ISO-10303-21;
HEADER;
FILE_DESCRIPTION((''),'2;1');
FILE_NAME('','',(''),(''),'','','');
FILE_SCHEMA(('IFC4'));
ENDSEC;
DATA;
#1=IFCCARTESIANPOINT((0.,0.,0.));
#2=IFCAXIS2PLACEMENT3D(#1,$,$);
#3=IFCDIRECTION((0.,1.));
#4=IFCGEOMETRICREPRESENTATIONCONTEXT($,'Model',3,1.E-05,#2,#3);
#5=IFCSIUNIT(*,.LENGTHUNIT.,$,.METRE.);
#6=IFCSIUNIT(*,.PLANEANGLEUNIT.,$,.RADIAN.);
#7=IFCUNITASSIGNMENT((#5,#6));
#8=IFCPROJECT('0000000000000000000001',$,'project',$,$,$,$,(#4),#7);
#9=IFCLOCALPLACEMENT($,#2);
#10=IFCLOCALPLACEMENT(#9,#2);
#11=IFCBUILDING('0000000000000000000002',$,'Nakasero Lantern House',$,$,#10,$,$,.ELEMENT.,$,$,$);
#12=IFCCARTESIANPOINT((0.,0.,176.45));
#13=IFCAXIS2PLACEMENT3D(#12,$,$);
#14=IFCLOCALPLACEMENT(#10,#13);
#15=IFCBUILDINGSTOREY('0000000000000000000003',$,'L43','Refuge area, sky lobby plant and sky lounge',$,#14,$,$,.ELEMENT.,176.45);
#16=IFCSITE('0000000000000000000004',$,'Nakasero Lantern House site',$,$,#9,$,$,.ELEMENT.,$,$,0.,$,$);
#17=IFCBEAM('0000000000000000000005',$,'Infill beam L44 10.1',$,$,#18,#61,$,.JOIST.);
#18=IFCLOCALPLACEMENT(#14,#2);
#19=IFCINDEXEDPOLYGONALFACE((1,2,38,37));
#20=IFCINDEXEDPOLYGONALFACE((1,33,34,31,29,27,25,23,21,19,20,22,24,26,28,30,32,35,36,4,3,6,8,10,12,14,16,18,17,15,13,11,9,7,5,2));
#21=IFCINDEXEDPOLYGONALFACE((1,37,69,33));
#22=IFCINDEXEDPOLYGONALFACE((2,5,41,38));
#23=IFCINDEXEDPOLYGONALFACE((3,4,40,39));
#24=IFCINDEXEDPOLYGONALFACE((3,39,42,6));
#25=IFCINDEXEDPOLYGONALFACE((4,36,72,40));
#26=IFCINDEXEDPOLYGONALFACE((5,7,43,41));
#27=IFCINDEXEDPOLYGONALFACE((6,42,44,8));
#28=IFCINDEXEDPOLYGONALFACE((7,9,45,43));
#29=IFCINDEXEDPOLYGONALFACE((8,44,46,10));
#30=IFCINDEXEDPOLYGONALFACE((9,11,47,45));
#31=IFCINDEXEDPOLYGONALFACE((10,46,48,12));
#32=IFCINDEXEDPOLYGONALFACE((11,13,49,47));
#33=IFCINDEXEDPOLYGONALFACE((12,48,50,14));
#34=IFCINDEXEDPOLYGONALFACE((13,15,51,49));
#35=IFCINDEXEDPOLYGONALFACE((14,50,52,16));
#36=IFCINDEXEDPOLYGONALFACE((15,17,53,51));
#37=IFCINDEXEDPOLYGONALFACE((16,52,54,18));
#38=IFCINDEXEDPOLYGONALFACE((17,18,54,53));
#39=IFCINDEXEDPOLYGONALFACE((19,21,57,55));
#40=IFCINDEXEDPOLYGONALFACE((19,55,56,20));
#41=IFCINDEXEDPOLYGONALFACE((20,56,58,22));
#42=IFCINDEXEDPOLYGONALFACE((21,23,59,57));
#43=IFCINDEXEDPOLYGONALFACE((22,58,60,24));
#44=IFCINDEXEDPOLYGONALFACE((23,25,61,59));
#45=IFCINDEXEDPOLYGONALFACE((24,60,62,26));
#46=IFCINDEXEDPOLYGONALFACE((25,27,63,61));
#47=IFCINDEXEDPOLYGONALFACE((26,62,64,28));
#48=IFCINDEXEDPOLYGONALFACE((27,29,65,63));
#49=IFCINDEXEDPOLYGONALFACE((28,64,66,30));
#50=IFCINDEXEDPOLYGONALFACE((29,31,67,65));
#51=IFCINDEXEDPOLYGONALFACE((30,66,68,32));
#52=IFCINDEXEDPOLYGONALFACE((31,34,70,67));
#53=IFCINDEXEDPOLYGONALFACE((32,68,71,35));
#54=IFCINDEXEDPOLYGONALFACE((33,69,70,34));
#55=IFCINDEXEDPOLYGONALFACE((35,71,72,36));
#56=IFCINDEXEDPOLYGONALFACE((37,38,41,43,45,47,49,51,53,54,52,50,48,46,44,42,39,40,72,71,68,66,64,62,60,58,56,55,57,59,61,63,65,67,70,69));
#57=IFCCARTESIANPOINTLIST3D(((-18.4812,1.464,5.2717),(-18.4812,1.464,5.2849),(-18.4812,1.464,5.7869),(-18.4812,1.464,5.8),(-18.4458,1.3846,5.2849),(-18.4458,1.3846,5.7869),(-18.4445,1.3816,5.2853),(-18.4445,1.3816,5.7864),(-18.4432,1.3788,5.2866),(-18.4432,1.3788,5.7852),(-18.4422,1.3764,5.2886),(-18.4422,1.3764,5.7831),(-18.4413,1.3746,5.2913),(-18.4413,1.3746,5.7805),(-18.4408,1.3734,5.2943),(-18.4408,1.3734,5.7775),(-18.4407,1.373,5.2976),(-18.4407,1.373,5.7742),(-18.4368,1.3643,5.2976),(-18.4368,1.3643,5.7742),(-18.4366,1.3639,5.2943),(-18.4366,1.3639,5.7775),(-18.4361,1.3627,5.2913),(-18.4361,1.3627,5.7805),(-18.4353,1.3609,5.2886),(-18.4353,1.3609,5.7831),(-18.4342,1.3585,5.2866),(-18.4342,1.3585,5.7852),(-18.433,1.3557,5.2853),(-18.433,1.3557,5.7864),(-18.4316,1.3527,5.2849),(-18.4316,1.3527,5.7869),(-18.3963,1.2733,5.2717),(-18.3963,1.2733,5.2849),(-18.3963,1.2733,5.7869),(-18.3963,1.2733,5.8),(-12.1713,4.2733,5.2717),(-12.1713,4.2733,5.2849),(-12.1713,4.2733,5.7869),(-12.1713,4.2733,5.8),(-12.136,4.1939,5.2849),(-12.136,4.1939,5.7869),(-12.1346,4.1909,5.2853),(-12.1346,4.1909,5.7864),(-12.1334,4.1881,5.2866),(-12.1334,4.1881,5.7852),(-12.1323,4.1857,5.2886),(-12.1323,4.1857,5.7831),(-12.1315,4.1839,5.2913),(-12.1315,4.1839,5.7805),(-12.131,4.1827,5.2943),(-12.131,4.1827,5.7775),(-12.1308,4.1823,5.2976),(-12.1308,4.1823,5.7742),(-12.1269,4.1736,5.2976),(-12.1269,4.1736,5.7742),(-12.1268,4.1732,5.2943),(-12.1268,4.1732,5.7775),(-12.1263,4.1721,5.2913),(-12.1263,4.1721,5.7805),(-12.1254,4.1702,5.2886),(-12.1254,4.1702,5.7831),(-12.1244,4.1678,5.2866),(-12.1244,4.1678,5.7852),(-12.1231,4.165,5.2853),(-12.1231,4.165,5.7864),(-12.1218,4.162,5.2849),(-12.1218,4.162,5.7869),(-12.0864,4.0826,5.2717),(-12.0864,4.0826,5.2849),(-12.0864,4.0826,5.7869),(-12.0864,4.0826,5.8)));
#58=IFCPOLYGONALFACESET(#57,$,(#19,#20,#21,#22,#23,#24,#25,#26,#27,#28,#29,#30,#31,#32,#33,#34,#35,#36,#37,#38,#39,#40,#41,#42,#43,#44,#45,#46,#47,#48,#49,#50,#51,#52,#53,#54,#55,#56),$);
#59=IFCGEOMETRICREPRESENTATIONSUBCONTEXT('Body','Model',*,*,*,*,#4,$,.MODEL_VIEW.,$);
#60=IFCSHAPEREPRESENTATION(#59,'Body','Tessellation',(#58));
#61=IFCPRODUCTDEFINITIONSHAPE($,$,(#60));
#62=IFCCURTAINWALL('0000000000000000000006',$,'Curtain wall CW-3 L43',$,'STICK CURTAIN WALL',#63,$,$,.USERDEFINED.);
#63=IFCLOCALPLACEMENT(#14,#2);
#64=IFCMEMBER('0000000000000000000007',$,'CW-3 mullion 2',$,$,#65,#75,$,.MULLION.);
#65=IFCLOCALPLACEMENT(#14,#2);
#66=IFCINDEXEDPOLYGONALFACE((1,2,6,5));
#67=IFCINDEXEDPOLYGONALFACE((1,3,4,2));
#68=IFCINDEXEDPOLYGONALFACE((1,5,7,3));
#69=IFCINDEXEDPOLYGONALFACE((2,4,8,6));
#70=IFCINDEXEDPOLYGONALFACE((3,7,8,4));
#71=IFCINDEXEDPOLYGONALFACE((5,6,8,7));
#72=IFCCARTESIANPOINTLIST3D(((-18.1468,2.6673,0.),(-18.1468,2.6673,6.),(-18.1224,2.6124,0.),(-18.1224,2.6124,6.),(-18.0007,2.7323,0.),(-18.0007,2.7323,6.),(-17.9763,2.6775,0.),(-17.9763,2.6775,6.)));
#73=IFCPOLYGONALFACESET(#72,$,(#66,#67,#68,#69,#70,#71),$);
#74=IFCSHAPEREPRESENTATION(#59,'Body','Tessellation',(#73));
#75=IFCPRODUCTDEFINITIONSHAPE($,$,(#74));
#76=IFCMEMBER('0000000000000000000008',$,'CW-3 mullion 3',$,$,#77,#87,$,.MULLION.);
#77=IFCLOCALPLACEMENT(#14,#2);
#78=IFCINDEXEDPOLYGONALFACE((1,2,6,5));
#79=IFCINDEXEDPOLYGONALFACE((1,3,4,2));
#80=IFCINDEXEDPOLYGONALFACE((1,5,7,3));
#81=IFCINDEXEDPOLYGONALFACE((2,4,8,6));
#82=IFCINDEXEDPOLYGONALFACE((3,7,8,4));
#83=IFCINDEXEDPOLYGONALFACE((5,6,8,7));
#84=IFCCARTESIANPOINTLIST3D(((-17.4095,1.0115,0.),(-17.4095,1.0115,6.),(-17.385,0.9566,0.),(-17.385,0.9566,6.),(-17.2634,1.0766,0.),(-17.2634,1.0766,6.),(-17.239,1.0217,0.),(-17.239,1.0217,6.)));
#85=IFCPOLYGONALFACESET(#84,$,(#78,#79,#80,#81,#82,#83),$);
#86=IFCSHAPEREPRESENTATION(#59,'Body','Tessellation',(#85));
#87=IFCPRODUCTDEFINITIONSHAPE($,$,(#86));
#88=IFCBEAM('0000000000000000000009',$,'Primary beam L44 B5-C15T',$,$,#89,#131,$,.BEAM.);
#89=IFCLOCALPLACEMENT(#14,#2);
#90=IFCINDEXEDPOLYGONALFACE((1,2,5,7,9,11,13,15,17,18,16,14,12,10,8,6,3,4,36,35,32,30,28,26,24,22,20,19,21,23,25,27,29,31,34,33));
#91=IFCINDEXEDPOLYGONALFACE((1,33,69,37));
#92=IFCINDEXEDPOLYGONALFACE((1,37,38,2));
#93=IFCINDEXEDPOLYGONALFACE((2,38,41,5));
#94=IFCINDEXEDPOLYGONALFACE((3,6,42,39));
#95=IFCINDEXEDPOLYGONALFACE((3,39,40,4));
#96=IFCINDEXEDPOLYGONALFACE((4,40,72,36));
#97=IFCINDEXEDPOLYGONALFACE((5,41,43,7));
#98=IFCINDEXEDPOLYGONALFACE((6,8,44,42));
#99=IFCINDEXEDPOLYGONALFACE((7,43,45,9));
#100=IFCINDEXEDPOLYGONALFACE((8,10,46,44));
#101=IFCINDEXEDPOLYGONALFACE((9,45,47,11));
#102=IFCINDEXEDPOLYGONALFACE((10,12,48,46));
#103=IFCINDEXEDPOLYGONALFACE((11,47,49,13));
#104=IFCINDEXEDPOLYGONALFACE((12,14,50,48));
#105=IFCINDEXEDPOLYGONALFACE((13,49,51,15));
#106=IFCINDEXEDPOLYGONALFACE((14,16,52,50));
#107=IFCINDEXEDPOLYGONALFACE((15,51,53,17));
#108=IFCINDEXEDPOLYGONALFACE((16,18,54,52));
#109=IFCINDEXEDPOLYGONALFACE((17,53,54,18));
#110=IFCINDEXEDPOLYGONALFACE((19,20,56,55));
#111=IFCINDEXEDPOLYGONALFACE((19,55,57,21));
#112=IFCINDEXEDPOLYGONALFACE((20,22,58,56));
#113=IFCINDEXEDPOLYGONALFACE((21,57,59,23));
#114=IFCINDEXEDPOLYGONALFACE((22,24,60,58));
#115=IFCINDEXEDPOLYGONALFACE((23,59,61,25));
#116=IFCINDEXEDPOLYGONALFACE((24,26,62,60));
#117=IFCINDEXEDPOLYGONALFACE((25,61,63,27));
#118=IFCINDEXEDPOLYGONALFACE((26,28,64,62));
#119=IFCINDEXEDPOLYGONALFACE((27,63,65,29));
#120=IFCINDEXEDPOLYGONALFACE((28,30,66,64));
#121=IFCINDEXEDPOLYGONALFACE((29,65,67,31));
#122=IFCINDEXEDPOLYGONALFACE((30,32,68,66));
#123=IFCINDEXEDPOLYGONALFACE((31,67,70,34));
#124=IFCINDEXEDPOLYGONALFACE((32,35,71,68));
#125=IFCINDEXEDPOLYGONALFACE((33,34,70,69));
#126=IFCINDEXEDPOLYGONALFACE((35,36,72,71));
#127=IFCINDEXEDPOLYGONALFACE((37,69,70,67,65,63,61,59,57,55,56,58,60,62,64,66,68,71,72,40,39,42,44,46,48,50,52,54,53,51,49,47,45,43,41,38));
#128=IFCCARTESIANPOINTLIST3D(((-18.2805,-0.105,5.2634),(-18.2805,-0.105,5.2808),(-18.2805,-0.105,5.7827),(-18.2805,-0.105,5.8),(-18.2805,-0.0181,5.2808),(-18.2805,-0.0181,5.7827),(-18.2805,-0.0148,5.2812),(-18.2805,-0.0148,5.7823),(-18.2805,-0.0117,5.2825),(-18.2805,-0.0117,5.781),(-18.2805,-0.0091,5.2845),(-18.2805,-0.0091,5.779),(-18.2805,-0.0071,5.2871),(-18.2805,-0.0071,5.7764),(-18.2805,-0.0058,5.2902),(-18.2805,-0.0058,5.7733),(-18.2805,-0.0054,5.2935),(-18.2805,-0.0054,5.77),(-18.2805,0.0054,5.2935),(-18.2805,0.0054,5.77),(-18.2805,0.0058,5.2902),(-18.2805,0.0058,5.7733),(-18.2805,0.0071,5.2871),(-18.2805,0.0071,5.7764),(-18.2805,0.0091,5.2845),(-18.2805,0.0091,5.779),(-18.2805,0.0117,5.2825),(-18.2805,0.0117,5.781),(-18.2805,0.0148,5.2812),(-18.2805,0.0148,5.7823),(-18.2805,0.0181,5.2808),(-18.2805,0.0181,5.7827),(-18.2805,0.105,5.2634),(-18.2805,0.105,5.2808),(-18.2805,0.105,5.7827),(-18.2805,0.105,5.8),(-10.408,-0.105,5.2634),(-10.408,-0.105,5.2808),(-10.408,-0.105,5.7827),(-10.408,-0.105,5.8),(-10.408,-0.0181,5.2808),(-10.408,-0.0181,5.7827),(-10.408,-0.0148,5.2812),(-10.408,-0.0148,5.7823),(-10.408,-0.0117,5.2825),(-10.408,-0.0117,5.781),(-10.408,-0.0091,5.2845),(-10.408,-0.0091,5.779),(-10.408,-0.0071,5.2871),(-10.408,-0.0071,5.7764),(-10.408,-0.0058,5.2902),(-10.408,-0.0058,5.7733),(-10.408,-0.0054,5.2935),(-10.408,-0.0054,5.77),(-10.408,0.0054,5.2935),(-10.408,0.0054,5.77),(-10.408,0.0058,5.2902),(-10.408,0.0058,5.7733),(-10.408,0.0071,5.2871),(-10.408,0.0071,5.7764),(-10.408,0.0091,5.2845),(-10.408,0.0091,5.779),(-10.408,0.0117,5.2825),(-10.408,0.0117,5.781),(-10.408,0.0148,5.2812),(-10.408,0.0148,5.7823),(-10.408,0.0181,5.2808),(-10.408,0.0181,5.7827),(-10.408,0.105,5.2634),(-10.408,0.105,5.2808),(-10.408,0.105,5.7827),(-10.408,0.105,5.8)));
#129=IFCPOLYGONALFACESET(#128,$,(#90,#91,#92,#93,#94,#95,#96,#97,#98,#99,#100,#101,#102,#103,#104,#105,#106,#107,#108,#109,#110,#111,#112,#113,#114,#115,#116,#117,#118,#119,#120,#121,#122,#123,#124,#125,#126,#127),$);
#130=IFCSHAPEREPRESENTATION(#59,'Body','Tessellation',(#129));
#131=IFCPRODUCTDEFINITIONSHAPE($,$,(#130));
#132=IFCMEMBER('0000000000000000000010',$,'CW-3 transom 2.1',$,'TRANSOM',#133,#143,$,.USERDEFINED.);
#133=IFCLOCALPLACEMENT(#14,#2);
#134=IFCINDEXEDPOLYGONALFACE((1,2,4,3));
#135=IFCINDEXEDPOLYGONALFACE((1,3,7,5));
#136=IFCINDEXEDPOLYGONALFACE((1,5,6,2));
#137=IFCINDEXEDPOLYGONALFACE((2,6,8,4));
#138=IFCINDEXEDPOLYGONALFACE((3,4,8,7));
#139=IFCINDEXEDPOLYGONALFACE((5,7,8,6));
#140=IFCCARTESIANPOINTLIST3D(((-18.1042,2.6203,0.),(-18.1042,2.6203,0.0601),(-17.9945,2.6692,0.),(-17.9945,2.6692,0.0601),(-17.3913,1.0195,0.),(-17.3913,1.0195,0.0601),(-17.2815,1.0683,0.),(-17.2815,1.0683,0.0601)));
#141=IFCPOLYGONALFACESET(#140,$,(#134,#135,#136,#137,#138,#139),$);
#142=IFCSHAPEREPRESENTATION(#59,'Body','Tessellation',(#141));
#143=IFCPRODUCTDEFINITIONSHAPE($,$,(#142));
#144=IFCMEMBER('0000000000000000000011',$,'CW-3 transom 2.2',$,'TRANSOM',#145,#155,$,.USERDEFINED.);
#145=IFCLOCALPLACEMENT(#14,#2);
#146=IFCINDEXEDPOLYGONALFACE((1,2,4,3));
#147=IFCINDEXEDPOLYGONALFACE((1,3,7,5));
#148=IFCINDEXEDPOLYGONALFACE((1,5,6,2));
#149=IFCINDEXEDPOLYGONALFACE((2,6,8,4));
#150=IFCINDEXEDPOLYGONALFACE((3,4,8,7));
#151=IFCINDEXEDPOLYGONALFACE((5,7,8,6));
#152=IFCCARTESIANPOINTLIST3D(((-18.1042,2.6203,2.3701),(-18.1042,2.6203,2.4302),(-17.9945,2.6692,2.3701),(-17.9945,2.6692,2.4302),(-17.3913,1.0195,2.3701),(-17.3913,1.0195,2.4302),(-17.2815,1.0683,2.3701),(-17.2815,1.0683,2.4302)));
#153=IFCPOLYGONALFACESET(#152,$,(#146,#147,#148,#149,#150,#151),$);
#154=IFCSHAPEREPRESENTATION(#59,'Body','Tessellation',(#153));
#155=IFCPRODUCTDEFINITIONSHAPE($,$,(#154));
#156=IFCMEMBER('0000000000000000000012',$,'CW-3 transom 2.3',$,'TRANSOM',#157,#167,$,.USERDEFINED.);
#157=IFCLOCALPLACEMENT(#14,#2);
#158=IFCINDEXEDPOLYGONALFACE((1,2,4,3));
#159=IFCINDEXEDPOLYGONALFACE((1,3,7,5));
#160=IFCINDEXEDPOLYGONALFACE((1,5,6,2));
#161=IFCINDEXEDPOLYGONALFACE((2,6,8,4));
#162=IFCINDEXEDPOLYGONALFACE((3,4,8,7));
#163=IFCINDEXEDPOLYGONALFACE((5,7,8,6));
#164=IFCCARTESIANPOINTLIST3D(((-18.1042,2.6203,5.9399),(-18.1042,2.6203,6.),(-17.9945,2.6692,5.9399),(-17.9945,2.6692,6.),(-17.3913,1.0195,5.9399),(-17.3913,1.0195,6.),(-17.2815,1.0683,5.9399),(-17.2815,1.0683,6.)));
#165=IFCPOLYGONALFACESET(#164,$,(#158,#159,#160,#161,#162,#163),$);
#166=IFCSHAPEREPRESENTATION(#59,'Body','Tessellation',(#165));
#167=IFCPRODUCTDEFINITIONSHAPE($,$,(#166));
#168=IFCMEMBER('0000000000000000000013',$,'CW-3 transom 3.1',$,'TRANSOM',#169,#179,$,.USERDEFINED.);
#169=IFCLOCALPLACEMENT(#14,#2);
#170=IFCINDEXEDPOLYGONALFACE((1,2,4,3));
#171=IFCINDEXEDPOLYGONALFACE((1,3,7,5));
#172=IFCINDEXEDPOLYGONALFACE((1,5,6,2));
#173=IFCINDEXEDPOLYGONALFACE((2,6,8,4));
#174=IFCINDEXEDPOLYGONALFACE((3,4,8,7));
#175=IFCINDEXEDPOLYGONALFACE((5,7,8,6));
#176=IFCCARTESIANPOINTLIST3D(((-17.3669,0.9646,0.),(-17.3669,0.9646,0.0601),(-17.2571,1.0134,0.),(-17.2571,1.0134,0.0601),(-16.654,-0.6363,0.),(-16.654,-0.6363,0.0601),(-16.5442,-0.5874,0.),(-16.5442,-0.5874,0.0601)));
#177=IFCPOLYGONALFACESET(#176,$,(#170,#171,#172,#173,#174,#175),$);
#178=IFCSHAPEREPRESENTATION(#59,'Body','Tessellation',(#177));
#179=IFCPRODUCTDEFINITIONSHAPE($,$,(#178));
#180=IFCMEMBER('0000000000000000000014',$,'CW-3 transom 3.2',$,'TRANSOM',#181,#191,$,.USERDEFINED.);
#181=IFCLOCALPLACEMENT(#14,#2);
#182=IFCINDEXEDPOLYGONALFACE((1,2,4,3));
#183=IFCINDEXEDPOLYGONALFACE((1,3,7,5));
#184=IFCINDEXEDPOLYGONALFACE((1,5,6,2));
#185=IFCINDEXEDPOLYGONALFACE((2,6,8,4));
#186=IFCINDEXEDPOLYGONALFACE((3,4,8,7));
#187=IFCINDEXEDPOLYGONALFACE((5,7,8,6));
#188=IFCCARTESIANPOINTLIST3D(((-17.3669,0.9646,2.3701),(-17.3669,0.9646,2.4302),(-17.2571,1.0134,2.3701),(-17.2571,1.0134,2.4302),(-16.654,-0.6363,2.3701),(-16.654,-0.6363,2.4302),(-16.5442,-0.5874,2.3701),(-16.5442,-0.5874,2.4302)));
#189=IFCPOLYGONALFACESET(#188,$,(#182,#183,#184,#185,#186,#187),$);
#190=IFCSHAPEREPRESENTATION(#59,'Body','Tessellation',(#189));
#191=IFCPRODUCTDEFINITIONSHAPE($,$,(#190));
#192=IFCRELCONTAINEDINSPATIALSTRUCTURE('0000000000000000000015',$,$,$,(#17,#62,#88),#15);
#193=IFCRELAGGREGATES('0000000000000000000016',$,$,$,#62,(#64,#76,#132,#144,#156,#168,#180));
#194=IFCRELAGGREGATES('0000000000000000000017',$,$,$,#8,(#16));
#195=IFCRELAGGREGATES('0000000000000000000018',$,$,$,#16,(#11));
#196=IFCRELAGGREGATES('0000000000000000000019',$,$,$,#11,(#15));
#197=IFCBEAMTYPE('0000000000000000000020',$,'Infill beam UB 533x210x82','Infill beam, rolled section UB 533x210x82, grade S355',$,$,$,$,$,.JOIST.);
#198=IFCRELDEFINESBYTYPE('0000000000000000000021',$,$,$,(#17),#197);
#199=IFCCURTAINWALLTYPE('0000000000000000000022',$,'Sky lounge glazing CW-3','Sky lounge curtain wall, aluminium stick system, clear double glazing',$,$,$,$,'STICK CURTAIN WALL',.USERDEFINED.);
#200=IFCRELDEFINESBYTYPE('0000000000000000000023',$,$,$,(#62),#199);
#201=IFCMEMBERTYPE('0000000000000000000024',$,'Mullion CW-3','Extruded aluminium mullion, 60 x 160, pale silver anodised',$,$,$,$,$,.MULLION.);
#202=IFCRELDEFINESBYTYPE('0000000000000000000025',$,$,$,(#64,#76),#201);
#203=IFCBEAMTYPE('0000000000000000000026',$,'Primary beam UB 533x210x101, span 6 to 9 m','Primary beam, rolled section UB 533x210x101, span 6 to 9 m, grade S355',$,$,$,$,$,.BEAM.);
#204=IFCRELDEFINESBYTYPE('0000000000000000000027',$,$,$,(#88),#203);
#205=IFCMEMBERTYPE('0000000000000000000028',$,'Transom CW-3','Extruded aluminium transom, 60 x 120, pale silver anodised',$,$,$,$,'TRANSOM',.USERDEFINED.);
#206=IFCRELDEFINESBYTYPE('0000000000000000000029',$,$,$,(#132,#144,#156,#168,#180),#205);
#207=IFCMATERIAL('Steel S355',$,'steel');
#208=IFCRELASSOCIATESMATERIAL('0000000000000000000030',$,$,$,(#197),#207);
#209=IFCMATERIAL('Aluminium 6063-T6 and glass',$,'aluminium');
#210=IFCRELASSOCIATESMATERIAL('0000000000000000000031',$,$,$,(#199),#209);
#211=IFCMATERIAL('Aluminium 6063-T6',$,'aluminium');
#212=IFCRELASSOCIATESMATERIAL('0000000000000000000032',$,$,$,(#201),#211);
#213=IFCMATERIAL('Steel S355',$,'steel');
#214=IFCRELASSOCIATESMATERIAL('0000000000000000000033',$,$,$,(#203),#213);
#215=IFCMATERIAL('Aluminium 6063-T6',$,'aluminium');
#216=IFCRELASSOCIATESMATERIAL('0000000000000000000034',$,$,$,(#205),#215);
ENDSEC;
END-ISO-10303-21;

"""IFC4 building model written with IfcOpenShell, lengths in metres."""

from ifc_helpers import new_model, si_unit, direction, frame, origin, origin_2d, place, context, subcontext, project, spatial, rectangle, i_section, extrude, material, material_profile, profile_set, type_object, element, aggregate, save


model = new_model("IFC4")

# Units and contexts
model_context = context("Model", 3, precision=1e-05, world=origin(), true_north=direction((0.0, 1.0)))
body_context = subcontext(model_context, "Body", "Model", "MODEL_VIEW")
ifc_project = project(units=[si_unit("LENGTHUNIT", "METRE"), si_unit("PLANEANGLEUNIT", "RADIAN")], contexts=[model_context])

# Site, building, storey
site_placement = place(None, origin())
site = spatial("IfcSite", under=ifc_project, at=site_placement, Name="Nakasero Lantern House site", CompositionType="ELEMENT", RefElevation=0.0)
building_placement = place(site_placement, origin())
building = spatial("IfcBuilding", under=site, at=building_placement, Name="Nakasero Lantern House", CompositionType="ELEMENT")
storey_placement = place(building_placement, frame((0.0, 0.0, 176.45)))
storey = spatial("IfcBuildingStorey", under=building, at=storey_placement, Name="L43", Description="Refuge area, sky lobby plant and sky lounge", CompositionType="ELEMENT", Elevation=176.45)

# Beam
ifc_material_1 = material(Name="Steel S355", Category="steel")
ifc_material_profile_1 = material_profile(ifc_material_1, i_section(OverallWidth=0.2087, OverallDepth=0.5283, WebThickness=0.0095, FlangeThickness=0.0132, FilletRadius=0.0127, at=origin_2d()), Name="UB 533x210x82")
ifc_profile_set_1 = profile_set([ifc_material_profile_1], Name="Steel S355")
beam_type_1 = type_object("IfcBeamType", Name="Infill beam UB 533x210x82", Description="Infill beam, rolled section UB 533x210x82, grade S355", PredefinedType="JOIST", material=ifc_profile_set_1)
beam_1_placement = place(storey_placement, frame((-18.4387, 1.3687, 5.5359), z_axis=(0.913545, 0.406739, 0.0), x_axis=(-0.406739, 0.913545, 0.0)))
element("IfcBeam", 1, at=beam_1_placement, inside=storey, type_object=beam_type_1, Name="Infill beam L44 10.1", PredefinedType="JOIST", context=body_context, shape_type="SweptSolid", body=[
    extrude(i_section(OverallWidth=0.2087, OverallDepth=0.5283, WebThickness=0.0095, FlangeThickness=0.0132, FilletRadius=0.0127, at=origin_2d()), origin(), (0.0, 0.0, 1.0), 6.907),
])

# Curtain wall, members
ifc_material_2 = material(Name="Aluminium 6063-T6 and glass", Category="aluminium")
curtain_wall_type = type_object("IfcCurtainWallType", Name="Sky lounge glazing CW-3", Description="Sky lounge curtain wall, aluminium stick system, clear double glazing", ElementType="STICK CURTAIN WALL", PredefinedType="USERDEFINED", material=ifc_material_2)
curtain_wall_1_placement = place(storey_placement, origin())
curtain_wall_1 = element("IfcCurtainWall", 2, at=curtain_wall_1_placement, inside=storey, type_object=curtain_wall_type, Name="Curtain wall CW-3 L43", ObjectType="STICK CURTAIN WALL", PredefinedType="USERDEFINED")
ifc_material_3 = material(Name="Aluminium 6063-T6", Category="aluminium")
ifc_material_profile_2 = material_profile(ifc_material_3, rectangle(XDim=0.0601, YDim=0.1599, at=origin_2d()), Name="CW-3 mullion 60x160")
ifc_profile_set_2 = profile_set([ifc_material_profile_2], Name="Aluminium 6063-T6")
member_type_1 = type_object("IfcMemberType", Name="Mullion CW-3", Description="Extruded aluminium mullion, 60 x 160, pale silver anodised", PredefinedType="MULLION", material=ifc_profile_set_2)
member_1_placement = place(storey_placement, frame((-18.0615, 2.6724, 0.0), z_axis=(0.0, 0.0, 1.0), x_axis=(0.406737, -0.913545, 0.0)))
member_1 = element("IfcMember", 3, at=member_1_placement, type_object=member_type_1, Name="CW-3 mullion 2", PredefinedType="MULLION", context=body_context, shape_type="SweptSolid", body=[
    extrude(rectangle(XDim=0.0601, YDim=0.1599, at=origin_2d()), origin(), (0.0, 0.0, 1.0), 6.0),
])
member_2_placement = place(storey_placement, frame((-17.3242, 1.0166, 0.0), z_axis=(0.0, 0.0, 1.0), x_axis=(0.406737, -0.913545, 0.0)))
member_2 = element("IfcMember", 4, at=member_2_placement, type_object=member_type_1, Name="CW-3 mullion 3", PredefinedType="MULLION", context=body_context, shape_type="SweptSolid", body=[
    extrude(rectangle(XDim=0.0601, YDim=0.1599, at=origin_2d()), origin(), (0.0, 0.0, 1.0), 6.0),
])

# Beam
ifc_material_4 = material(Name="Steel S355", Category="steel")
ifc_material_profile_3 = material_profile(ifc_material_4, i_section(OverallWidth=0.21, OverallDepth=0.5366, WebThickness=0.0107, FlangeThickness=0.0173, FilletRadius=0.0127, at=origin_2d()), Name="UB 533x210x101")
ifc_profile_set_3 = profile_set([ifc_material_profile_3], Name="Steel S355")
beam_type_2 = type_object("IfcBeamType", Name="Primary beam UB 533x210x101, span 6 to 9 m", Description="Primary beam, rolled section UB 533x210x101, span 6 to 9 m, grade S355", PredefinedType="BEAM", material=ifc_profile_set_3)
beam_2_placement = place(storey_placement, frame((-18.2805, 0.0, 5.5317), z_axis=(1.0, 0.0, 0.0), x_axis=(0.0, 1.0, 0.0)))
element("IfcBeam", 5, at=beam_2_placement, inside=storey, type_object=beam_type_2, Name="Primary beam L44 B5-C15T", PredefinedType="BEAM", context=body_context, shape_type="SweptSolid", body=[
    extrude(i_section(OverallWidth=0.21, OverallDepth=0.5366, WebThickness=0.0107, FlangeThickness=0.0173, FilletRadius=0.0127, at=origin_2d()), origin(), (0.0, 0.0, 1.0), 7.8726),
])

# Members
ifc_material_5 = material(Name="Aluminium 6063-T6", Category="aluminium")
ifc_material_profile_4 = material_profile(ifc_material_5, rectangle(XDim=0.0601, YDim=0.1201, at=origin_2d()), Name="CW-3 transom 60x120")
ifc_profile_set_4 = profile_set([ifc_material_profile_4], Name="Aluminium 6063-T6")
member_type_2 = type_object("IfcMemberType", Name="Transom CW-3", Description="Extruded aluminium transom, 60 x 120, pale silver anodised", ElementType="TRANSOM", PredefinedType="USERDEFINED", material=ifc_profile_set_4)
member_3_placement = place(storey_placement, frame((-18.0493, 2.6448, 0.03), z_axis=(0.406811, -0.913513, 0.0), x_axis=(0.0, 0.0, 1.0)))
member_3 = element("IfcMember", 6, at=member_3_placement, type_object=member_type_2, Name="CW-3 transom 2.1", ObjectType="TRANSOM", PredefinedType="USERDEFINED", context=body_context, shape_type="SweptSolid", body=[
    extrude(rectangle(XDim=0.0601, YDim=0.1201, at=origin_2d()), origin(), (0.0, 0.0, 1.0), 1.7524),
])
member_4_placement = place(storey_placement, frame((-18.0493, 2.6448, 2.4001), z_axis=(0.406811, -0.913513, 0.0), x_axis=(0.0, 0.0, 1.0)))
member_4 = element("IfcMember", 7, at=member_4_placement, type_object=member_type_2, Name="CW-3 transom 2.2", ObjectType="TRANSOM", PredefinedType="USERDEFINED", context=body_context, shape_type="SweptSolid", body=[
    extrude(rectangle(XDim=0.0601, YDim=0.1201, at=origin_2d()), origin(), (0.0, 0.0, 1.0), 1.7524),
])
member_5_placement = place(storey_placement, frame((-18.0493, 2.6448, 5.97), z_axis=(0.406811, -0.913513, 0.0), x_axis=(0.0, 0.0, 1.0)))
member_5 = element("IfcMember", 8, at=member_5_placement, type_object=member_type_2, Name="CW-3 transom 2.3", ObjectType="TRANSOM", PredefinedType="USERDEFINED", context=body_context, shape_type="SweptSolid", body=[
    extrude(rectangle(XDim=0.0601, YDim=0.1201, at=origin_2d()), origin(), (0.0, 0.0, 1.0), 1.7524),
])
member_6_placement = place(storey_placement, frame((-17.312, 0.989, 0.03), z_axis=(0.406811, -0.913513, 0.0), x_axis=(0.0, 0.0, 1.0)))
member_6 = element("IfcMember", 9, at=member_6_placement, type_object=member_type_2, Name="CW-3 transom 3.1", ObjectType="TRANSOM", PredefinedType="USERDEFINED", context=body_context, shape_type="SweptSolid", body=[
    extrude(rectangle(XDim=0.0601, YDim=0.1201, at=origin_2d()), origin(), (0.0, 0.0, 1.0), 1.7524),
])
member_7_placement = place(storey_placement, frame((-17.312, 0.989, 2.4001), z_axis=(0.406811, -0.913513, 0.0), x_axis=(0.0, 0.0, 1.0)))
member_7 = element("IfcMember", 10, at=member_7_placement, type_object=member_type_2, Name="CW-3 transom 3.2", ObjectType="TRANSOM", PredefinedType="USERDEFINED", context=body_context, shape_type="SweptSolid", body=[
    extrude(rectangle(XDim=0.0601, YDim=0.1201, at=origin_2d()), origin(), (0.0, 0.0, 1.0), 1.7524),
])

aggregate(curtain_wall_1, [member_1, member_2, member_3, member_4, member_5, member_6, member_7])

save(model, "model.ifc")
